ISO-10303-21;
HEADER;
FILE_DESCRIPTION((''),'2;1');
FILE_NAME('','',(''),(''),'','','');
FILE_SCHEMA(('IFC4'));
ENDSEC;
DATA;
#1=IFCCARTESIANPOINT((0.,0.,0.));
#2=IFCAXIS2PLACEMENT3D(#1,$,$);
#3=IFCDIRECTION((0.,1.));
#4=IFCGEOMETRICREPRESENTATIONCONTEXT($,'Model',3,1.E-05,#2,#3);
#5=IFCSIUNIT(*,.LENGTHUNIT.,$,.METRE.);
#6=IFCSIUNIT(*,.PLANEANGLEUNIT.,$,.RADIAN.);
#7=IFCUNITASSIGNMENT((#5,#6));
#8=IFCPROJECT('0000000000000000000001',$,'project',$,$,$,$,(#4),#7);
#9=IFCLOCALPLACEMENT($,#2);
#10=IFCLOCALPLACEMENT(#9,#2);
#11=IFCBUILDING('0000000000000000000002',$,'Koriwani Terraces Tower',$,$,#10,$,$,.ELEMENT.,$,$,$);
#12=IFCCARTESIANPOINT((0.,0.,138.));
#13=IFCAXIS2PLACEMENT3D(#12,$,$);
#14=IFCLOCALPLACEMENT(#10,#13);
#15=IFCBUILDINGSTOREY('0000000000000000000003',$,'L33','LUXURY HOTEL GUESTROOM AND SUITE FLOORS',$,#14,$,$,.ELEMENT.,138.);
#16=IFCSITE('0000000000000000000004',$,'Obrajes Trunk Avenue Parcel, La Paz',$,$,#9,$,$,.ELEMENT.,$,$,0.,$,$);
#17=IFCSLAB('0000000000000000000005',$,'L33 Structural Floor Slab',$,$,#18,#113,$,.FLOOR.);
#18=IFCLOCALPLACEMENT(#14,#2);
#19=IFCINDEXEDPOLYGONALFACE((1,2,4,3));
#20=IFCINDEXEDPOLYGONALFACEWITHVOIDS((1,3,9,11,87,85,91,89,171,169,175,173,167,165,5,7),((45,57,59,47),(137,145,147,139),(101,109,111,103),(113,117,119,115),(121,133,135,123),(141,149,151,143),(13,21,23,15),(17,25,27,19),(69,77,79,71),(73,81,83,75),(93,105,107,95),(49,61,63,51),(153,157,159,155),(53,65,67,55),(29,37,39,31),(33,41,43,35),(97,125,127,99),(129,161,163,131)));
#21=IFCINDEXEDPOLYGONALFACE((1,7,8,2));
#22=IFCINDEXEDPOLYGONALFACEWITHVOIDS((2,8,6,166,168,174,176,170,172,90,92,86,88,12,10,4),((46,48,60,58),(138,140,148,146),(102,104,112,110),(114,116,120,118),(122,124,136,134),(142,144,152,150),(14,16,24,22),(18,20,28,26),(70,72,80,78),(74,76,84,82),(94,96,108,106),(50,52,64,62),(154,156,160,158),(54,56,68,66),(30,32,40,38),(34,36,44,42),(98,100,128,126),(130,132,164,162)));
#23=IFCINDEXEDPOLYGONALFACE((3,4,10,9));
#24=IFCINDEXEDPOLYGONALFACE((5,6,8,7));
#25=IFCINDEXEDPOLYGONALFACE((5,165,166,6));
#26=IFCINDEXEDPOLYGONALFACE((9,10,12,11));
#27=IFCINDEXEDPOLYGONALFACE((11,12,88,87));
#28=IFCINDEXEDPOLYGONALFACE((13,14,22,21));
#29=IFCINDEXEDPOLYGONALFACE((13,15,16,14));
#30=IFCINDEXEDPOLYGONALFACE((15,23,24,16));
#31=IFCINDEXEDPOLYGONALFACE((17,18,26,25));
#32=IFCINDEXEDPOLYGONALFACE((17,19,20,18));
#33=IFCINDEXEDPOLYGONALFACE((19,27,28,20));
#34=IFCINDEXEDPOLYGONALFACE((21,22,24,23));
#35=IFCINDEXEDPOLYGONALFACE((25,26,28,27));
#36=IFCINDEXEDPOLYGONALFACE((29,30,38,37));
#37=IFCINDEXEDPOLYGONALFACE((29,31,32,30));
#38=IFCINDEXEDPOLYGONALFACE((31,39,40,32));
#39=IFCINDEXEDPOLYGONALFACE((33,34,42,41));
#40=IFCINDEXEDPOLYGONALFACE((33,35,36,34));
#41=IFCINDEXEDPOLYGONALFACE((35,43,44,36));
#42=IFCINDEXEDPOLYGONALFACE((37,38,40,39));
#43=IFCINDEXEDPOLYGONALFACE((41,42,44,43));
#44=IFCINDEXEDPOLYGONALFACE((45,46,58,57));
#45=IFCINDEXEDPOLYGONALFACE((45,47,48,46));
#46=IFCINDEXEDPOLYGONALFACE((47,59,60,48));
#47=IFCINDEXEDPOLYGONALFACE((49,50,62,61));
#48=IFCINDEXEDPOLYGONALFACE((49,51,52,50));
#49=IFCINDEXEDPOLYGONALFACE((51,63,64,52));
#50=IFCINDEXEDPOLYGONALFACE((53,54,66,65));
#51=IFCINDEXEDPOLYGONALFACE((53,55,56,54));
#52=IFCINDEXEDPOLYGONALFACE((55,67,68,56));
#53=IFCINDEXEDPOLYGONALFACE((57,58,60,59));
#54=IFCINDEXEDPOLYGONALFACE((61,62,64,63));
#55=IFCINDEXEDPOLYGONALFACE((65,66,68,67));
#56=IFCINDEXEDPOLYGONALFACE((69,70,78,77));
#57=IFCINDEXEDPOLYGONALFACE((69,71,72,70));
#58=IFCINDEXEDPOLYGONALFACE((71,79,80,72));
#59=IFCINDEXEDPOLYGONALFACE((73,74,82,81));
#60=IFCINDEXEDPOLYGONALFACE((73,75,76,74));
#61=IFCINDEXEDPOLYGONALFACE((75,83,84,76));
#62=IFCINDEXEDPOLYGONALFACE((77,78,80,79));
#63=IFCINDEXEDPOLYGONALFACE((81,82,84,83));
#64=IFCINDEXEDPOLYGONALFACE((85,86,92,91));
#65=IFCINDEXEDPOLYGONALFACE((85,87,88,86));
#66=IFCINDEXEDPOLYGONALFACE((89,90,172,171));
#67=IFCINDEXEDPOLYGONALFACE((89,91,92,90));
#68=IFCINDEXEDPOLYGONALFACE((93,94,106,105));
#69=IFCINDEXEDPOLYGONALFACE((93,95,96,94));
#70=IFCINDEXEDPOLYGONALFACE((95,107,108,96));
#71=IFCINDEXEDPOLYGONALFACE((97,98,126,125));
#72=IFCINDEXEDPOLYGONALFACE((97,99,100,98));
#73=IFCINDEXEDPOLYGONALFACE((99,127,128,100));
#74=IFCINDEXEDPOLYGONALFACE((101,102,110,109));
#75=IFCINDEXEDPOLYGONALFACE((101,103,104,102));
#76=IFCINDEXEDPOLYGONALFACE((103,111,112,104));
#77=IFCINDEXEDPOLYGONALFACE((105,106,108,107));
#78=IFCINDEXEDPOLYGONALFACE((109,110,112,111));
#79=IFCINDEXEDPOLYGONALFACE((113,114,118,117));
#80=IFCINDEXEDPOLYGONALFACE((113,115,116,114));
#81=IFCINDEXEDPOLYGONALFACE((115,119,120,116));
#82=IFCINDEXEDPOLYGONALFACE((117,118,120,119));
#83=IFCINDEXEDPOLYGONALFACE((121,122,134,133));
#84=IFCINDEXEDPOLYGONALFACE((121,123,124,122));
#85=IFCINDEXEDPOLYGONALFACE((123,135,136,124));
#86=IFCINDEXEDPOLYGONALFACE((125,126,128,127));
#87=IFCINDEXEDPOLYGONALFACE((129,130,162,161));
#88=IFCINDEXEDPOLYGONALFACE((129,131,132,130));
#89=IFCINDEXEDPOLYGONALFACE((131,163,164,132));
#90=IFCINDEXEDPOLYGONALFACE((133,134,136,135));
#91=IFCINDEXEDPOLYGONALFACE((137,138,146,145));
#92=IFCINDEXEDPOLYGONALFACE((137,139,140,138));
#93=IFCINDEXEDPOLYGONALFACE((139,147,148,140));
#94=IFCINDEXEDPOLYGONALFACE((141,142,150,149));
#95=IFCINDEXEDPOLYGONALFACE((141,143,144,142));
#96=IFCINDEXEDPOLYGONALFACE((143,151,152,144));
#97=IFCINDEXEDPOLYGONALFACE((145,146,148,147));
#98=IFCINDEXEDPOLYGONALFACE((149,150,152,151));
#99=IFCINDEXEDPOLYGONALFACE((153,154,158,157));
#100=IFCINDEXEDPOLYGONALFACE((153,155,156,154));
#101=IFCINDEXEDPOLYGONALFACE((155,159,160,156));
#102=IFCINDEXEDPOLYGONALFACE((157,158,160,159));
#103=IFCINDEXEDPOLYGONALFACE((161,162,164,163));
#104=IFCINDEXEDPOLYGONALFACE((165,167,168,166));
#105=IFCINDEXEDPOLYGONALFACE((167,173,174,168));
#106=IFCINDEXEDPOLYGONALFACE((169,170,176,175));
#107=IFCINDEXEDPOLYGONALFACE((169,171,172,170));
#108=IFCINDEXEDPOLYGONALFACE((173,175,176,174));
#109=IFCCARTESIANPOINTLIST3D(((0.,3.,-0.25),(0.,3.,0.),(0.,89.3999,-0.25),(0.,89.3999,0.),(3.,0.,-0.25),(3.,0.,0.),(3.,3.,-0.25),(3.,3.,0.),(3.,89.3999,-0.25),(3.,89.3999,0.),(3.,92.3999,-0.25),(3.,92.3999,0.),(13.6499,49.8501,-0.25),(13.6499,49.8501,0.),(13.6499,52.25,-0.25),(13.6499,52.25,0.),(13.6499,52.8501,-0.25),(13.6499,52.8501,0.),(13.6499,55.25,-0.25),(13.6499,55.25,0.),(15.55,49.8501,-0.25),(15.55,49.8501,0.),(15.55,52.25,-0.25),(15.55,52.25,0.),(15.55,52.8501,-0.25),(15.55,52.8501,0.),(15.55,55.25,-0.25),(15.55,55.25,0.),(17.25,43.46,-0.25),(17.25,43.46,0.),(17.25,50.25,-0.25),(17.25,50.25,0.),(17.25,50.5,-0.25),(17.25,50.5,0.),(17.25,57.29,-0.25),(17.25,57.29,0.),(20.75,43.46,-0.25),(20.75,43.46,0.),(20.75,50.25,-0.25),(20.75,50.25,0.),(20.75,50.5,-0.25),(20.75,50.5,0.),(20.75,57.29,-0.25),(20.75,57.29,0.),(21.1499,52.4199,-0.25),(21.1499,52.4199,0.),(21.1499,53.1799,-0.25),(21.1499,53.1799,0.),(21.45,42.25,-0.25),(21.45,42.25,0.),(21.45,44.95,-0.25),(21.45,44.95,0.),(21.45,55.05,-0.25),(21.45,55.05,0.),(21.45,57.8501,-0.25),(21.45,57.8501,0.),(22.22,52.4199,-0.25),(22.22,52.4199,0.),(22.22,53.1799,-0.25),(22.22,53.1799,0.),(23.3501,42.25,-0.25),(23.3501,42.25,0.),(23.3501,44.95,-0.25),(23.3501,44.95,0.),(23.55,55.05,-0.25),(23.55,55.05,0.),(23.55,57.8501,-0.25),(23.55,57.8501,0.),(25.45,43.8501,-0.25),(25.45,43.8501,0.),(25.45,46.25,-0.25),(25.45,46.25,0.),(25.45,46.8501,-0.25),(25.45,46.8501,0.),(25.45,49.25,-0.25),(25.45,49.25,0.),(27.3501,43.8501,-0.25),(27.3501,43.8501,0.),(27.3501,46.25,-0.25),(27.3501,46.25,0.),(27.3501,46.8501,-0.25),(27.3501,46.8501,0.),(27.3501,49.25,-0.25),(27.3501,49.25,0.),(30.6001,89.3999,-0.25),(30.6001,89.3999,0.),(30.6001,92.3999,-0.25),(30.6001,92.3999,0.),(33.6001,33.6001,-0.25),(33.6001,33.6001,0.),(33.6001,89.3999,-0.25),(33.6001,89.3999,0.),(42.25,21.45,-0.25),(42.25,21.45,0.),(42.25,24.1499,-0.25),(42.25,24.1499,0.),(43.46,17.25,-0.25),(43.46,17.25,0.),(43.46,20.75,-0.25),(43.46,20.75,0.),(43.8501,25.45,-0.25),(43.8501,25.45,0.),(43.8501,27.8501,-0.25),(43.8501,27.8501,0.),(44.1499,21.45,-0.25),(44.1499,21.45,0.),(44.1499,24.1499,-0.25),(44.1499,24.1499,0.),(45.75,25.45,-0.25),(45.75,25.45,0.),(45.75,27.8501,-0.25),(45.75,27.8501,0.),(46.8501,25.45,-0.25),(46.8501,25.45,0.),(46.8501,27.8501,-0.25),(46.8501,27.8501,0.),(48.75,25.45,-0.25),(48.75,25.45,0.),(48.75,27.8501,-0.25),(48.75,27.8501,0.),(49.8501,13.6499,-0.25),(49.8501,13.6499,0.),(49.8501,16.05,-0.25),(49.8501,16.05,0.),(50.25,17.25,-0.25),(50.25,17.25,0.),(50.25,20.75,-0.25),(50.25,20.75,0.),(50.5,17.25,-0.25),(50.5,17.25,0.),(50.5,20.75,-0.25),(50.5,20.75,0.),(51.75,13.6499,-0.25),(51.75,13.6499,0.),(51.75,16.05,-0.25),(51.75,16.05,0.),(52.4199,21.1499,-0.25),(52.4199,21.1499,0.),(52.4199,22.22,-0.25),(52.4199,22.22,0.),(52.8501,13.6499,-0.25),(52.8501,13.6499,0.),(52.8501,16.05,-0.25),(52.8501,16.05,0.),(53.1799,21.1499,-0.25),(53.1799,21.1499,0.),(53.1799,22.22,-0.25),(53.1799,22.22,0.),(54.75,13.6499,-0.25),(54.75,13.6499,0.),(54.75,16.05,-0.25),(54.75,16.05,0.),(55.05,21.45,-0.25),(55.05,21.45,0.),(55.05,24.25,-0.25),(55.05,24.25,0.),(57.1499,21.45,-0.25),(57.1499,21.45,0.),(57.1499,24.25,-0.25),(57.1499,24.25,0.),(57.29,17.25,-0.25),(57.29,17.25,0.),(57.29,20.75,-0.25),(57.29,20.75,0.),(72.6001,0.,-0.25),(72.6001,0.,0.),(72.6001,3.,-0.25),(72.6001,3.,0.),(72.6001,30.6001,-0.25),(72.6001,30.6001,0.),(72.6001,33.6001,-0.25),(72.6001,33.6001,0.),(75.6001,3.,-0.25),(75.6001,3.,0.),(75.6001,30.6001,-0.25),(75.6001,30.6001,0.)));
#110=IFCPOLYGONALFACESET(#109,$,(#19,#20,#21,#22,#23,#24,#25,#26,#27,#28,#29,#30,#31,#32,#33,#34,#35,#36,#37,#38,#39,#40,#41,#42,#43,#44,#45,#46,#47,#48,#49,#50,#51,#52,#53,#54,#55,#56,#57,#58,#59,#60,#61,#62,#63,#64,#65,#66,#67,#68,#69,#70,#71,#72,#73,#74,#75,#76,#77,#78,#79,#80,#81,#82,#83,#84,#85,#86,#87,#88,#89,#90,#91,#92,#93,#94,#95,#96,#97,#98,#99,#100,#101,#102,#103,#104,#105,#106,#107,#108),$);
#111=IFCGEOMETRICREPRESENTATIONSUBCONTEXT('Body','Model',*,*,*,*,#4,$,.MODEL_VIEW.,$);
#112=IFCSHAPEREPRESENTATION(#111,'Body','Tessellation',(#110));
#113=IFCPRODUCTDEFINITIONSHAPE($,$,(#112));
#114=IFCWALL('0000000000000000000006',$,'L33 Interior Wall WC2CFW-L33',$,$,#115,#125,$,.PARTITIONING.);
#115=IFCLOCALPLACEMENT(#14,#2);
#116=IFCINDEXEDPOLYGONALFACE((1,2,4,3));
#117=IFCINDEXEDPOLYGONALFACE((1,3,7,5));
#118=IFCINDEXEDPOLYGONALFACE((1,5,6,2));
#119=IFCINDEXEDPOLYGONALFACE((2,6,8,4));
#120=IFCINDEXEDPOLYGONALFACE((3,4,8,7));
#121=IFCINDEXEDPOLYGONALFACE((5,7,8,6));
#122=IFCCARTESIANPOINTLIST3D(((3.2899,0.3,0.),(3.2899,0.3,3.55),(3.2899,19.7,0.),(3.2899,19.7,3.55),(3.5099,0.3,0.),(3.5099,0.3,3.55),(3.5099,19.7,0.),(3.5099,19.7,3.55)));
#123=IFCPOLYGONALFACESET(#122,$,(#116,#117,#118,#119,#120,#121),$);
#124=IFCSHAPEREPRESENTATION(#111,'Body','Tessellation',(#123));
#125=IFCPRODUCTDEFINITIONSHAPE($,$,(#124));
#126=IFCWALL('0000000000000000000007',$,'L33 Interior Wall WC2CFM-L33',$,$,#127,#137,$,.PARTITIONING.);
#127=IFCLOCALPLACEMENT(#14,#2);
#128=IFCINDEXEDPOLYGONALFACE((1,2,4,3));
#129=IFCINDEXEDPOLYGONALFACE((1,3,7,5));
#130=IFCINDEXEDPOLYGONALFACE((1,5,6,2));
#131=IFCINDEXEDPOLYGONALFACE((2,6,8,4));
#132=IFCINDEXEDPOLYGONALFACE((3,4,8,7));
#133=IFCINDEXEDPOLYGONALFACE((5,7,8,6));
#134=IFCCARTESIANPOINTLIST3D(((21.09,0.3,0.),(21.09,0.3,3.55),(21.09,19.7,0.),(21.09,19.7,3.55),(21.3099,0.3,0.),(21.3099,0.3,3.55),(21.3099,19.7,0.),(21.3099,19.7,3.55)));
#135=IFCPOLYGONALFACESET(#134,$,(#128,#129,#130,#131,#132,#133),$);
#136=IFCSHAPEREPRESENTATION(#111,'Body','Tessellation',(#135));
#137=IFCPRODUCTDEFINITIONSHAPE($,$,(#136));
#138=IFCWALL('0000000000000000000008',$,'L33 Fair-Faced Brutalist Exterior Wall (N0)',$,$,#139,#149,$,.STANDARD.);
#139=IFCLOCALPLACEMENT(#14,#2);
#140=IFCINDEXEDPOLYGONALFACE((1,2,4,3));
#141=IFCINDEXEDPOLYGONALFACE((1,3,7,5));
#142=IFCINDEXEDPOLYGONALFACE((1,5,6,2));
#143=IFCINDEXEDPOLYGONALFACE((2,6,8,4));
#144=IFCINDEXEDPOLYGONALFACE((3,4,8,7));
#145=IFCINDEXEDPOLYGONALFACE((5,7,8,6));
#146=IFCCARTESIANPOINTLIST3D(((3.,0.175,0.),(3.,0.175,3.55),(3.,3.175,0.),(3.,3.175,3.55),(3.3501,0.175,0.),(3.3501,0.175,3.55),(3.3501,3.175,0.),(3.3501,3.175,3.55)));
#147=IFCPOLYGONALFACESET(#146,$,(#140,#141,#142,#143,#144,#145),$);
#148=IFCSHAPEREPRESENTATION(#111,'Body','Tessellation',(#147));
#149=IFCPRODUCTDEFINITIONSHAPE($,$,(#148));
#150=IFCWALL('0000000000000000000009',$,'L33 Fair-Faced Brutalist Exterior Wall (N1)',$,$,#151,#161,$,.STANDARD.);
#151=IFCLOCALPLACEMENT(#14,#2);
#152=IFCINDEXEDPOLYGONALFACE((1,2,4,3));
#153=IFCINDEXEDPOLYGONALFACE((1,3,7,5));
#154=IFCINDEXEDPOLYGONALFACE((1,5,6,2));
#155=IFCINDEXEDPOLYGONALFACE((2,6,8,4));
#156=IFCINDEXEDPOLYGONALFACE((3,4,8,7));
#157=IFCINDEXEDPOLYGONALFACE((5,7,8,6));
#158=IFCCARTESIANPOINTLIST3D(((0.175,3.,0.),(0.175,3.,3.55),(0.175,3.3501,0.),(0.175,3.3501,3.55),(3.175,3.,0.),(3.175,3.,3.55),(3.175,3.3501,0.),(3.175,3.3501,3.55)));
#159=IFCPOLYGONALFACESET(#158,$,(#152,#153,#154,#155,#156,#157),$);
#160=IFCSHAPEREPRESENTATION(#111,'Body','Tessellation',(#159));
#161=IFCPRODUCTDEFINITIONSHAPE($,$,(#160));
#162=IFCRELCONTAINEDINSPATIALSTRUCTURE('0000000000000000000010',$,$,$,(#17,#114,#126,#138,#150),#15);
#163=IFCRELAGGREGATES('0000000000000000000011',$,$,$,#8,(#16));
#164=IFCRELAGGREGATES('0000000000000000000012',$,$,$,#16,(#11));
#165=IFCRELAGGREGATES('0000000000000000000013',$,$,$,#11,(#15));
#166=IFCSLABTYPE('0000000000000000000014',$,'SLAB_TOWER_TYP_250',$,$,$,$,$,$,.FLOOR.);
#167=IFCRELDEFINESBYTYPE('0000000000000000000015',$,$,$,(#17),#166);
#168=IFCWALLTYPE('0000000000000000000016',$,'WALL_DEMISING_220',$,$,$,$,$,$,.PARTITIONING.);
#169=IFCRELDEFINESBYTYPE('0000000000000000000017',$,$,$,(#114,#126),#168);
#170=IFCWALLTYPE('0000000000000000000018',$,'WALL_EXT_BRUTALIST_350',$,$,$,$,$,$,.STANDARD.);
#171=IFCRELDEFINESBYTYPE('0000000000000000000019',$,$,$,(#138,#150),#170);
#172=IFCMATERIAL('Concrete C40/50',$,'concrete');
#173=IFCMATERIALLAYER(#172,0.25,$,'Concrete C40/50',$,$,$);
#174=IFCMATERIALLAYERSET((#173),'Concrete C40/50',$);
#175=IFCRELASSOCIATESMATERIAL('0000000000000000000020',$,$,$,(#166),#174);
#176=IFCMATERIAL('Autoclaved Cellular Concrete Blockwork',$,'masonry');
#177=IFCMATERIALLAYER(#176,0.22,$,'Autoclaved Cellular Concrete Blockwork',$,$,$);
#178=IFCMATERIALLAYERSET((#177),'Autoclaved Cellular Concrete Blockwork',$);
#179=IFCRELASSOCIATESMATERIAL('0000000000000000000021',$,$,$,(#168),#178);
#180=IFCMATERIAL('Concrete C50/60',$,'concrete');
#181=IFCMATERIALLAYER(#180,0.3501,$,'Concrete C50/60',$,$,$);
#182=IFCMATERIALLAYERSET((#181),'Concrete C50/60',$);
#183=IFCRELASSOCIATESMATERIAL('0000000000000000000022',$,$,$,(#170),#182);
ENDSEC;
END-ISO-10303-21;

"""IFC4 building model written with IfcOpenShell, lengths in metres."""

from ifc_helpers import new_model, si_unit, direction, frame, frame_2d, origin, place, context, subcontext, project, spatial, polyline, rectangle, outline, extrude, material, layer, layer_set, type_object, element, save


model = new_model("IFC4")

# Units and contexts
model_context = context("Model", 3, precision=1e-05, world=origin(), true_north=direction((0.0, 1.0)))
body_context = subcontext(model_context, "Body", "Model", "MODEL_VIEW")
ifc_project = project(units=[si_unit("LENGTHUNIT", "METRE"), si_unit("PLANEANGLEUNIT", "RADIAN")], contexts=[model_context])

# Site, building, storey
site_placement = place(None, origin())
site = spatial("IfcSite", under=ifc_project, at=site_placement, Name="Obrajes Trunk Avenue Parcel, La Paz", CompositionType="ELEMENT", RefElevation=0.0)
building_placement = place(site_placement, origin())
building = spatial("IfcBuilding", under=site, at=building_placement, Name="Koriwani Terraces Tower", CompositionType="ELEMENT")
storey_placement = place(building_placement, frame((0.0, 0.0, 138.0)))
storey = spatial("IfcBuildingStorey", under=building, at=storey_placement, Name="L33", Description="LUXURY HOTEL GUESTROOM AND SUITE FLOORS", CompositionType="ELEMENT", Elevation=138.0)

# Shared definitions
ifc_material_1 = material(Name="Concrete C40/50", Category="concrete")
ifc_material_2 = material(Name="Concrete C50/60", Category="concrete")

# Slab
ifc_layer_1 = layer(ifc_material_1, 0.25, Name="Concrete C40/50")
ifc_layer_set_1 = layer_set([ifc_layer_1], Name="Concrete C40/50")
slab_type_1 = type_object("IfcSlabType", Name="SLAB_TOWER_TYP_250", PredefinedType="FLOOR", material=ifc_layer_set_1)
slab_1_placement = place(storey_placement, frame((0.0, 0.0, -0.25)))
element("IfcSlab", 1, at=slab_1_placement, inside=storey, type_object=slab_type_1, Name="L33 Structural Floor Slab", PredefinedType="FLOOR", context=body_context, shape_type="SweptSolid", body=[
    extrude(outline(polyline([(3.0, 0.0), (72.6001, 0.0), (72.6001, 3.0), (75.6001, 3.0), (75.6001, 30.6001), (72.6001, 30.6001), (72.6001, 33.6001), (33.6001, 33.6001), (33.6001, 89.3999), (30.6001, 89.3999), (30.6001, 92.3999), (3.0, 92.3999), (3.0, 89.3999), (0.0, 89.3999), (0.0, 3.0), (3.0, 3.0), (3.0, 0.0)]), holes=[polyline([(17.25, 43.46), (20.75, 43.46), (20.75, 50.25), (17.25, 50.25), (17.25, 43.46)]), polyline([(17.25, 50.5), (20.75, 50.5), (20.75, 57.29), (17.25, 57.29), (17.25, 50.5)]), polyline([(43.46, 17.25), (50.25, 17.25), (50.25, 20.75), (43.46, 20.75), (43.46, 17.25)]), polyline([(50.5, 17.25), (57.29, 17.25), (57.29, 20.75), (50.5, 20.75), (50.5, 17.25)]), polyline([(13.6499, 49.8501), (15.55, 49.8501), (15.55, 52.25), (13.6499, 52.25), (13.6499, 49.8501)]), polyline([(13.6499, 52.8501), (15.55, 52.8501), (15.55, 55.25), (13.6499, 55.25), (13.6499, 52.8501)]), polyline([(49.8501, 13.6499), (51.75, 13.6499), (51.75, 16.05), (49.8501, 16.05), (49.8501, 13.6499)]), polyline([(52.8501, 13.6499), (54.75, 13.6499), (54.75, 16.05), (52.8501, 16.05), (52.8501, 13.6499)]), polyline([(25.45, 43.8501), (27.3501, 43.8501), (27.3501, 46.25), (25.45, 46.25), (25.45, 43.8501)]), polyline([(25.45, 46.8501), (27.3501, 46.8501), (27.3501, 49.25), (25.45, 49.25), (25.45, 46.8501)]), polyline([(43.8501, 25.45), (45.75, 25.45), (45.75, 27.8501), (43.8501, 27.8501), (43.8501, 25.45)]), polyline([(46.8501, 25.45), (48.75, 25.45), (48.75, 27.8501), (46.8501, 27.8501), (46.8501, 25.45)]), polyline([(21.45, 55.05), (23.55, 55.05), (23.55, 57.8501), (21.45, 57.8501), (21.45, 55.05)]), polyline([(55.05, 21.45), (57.1499, 21.45), (57.1499, 24.25), (55.05, 24.25), (55.05, 21.45)]), polyline([(21.45, 42.25), (23.3501, 42.25), (23.3501, 44.95), (21.45, 44.95), (21.45, 42.25)]), polyline([(42.25, 21.45), (44.1499, 21.45), (44.1499, 24.1499), (42.25, 24.1499), (42.25, 21.45)]), polyline([(21.1499, 52.4199), (22.22, 52.4199), (22.22, 53.1799), (21.1499, 53.1799), (21.1499, 52.4199)]), polyline([(52.4199, 21.1499), (53.1799, 21.1499), (53.1799, 22.22), (52.4199, 22.22), (52.4199, 21.1499)])]), origin(), (0.0, 0.0, 1.0), 0.25),
])

# Walls
ifc_material_3 = material(Name="Autoclaved Cellular Concrete Blockwork", Category="masonry")
ifc_layer_2 = layer(ifc_material_3, 0.22, Name="Autoclaved Cellular Concrete Blockwork")
ifc_layer_set_2 = layer_set([ifc_layer_2], Name="Autoclaved Cellular Concrete Blockwork")
wall_type_1 = type_object("IfcWallType", Name="WALL_DEMISING_220", PredefinedType="PARTITIONING", material=ifc_layer_set_2)
for number, where, z_axis, x_axis, name in (
    (2, (3.3999, 0.3, 0.0), (0.0, 0.0, 1.0), (0.0, 1.0, 0.0), "L33 Interior Wall WC2CFW-L33"),
    (3, (21.2, 0.3, 0.0), (0.0, 0.0, 1.0), (0.0, 1.0, 0.0), "L33 Interior Wall WC2CFM-L33"),
):
    element("IfcWall", number, at=place(storey_placement, frame(where, z_axis=z_axis, x_axis=x_axis)), inside=storey, type_object=wall_type_1, Name=name, PredefinedType="PARTITIONING", context=body_context, shape_type="SweptSolid", body=[
        extrude(rectangle(XDim=19.3999, YDim=0.22, at=frame_2d((9.7, 0.0))), origin(), (0.0, 0.0, 1.0), 3.55),
    ])
ifc_layer_3 = layer(ifc_material_2, 0.3501, Name="Concrete C50/60")
ifc_layer_set_3 = layer_set([ifc_layer_3], Name="Concrete C50/60")
wall_type_2 = type_object("IfcWallType", Name="WALL_EXT_BRUTALIST_350", PredefinedType="STANDARD", material=ifc_layer_set_3)
for number, where, z_axis, x_axis, name in (
    (4, (3.175, 0.175, 0.0), (0.0, 0.0, 1.0), (0.0, 1.0, 0.0), "L33 Fair-Faced Brutalist Exterior Wall (N0)"),
    (5, (3.175, 3.175, 0.0), (0.0, 0.0, 1.0), (-1.0, 0.0, 0.0), "L33 Fair-Faced Brutalist Exterior Wall (N1)"),
):
    element("IfcWall", number, at=place(storey_placement, frame(where, z_axis=z_axis, x_axis=x_axis)), inside=storey, type_object=wall_type_2, Name=name, PredefinedType="STANDARD", context=body_context, shape_type="SweptSolid", body=[
        extrude(rectangle(XDim=3.0, YDim=0.3501, at=frame_2d((1.5, 0.0))), origin(), (0.0, 0.0, 1.0), 3.55),
    ])

save(model, "model.ifc")
